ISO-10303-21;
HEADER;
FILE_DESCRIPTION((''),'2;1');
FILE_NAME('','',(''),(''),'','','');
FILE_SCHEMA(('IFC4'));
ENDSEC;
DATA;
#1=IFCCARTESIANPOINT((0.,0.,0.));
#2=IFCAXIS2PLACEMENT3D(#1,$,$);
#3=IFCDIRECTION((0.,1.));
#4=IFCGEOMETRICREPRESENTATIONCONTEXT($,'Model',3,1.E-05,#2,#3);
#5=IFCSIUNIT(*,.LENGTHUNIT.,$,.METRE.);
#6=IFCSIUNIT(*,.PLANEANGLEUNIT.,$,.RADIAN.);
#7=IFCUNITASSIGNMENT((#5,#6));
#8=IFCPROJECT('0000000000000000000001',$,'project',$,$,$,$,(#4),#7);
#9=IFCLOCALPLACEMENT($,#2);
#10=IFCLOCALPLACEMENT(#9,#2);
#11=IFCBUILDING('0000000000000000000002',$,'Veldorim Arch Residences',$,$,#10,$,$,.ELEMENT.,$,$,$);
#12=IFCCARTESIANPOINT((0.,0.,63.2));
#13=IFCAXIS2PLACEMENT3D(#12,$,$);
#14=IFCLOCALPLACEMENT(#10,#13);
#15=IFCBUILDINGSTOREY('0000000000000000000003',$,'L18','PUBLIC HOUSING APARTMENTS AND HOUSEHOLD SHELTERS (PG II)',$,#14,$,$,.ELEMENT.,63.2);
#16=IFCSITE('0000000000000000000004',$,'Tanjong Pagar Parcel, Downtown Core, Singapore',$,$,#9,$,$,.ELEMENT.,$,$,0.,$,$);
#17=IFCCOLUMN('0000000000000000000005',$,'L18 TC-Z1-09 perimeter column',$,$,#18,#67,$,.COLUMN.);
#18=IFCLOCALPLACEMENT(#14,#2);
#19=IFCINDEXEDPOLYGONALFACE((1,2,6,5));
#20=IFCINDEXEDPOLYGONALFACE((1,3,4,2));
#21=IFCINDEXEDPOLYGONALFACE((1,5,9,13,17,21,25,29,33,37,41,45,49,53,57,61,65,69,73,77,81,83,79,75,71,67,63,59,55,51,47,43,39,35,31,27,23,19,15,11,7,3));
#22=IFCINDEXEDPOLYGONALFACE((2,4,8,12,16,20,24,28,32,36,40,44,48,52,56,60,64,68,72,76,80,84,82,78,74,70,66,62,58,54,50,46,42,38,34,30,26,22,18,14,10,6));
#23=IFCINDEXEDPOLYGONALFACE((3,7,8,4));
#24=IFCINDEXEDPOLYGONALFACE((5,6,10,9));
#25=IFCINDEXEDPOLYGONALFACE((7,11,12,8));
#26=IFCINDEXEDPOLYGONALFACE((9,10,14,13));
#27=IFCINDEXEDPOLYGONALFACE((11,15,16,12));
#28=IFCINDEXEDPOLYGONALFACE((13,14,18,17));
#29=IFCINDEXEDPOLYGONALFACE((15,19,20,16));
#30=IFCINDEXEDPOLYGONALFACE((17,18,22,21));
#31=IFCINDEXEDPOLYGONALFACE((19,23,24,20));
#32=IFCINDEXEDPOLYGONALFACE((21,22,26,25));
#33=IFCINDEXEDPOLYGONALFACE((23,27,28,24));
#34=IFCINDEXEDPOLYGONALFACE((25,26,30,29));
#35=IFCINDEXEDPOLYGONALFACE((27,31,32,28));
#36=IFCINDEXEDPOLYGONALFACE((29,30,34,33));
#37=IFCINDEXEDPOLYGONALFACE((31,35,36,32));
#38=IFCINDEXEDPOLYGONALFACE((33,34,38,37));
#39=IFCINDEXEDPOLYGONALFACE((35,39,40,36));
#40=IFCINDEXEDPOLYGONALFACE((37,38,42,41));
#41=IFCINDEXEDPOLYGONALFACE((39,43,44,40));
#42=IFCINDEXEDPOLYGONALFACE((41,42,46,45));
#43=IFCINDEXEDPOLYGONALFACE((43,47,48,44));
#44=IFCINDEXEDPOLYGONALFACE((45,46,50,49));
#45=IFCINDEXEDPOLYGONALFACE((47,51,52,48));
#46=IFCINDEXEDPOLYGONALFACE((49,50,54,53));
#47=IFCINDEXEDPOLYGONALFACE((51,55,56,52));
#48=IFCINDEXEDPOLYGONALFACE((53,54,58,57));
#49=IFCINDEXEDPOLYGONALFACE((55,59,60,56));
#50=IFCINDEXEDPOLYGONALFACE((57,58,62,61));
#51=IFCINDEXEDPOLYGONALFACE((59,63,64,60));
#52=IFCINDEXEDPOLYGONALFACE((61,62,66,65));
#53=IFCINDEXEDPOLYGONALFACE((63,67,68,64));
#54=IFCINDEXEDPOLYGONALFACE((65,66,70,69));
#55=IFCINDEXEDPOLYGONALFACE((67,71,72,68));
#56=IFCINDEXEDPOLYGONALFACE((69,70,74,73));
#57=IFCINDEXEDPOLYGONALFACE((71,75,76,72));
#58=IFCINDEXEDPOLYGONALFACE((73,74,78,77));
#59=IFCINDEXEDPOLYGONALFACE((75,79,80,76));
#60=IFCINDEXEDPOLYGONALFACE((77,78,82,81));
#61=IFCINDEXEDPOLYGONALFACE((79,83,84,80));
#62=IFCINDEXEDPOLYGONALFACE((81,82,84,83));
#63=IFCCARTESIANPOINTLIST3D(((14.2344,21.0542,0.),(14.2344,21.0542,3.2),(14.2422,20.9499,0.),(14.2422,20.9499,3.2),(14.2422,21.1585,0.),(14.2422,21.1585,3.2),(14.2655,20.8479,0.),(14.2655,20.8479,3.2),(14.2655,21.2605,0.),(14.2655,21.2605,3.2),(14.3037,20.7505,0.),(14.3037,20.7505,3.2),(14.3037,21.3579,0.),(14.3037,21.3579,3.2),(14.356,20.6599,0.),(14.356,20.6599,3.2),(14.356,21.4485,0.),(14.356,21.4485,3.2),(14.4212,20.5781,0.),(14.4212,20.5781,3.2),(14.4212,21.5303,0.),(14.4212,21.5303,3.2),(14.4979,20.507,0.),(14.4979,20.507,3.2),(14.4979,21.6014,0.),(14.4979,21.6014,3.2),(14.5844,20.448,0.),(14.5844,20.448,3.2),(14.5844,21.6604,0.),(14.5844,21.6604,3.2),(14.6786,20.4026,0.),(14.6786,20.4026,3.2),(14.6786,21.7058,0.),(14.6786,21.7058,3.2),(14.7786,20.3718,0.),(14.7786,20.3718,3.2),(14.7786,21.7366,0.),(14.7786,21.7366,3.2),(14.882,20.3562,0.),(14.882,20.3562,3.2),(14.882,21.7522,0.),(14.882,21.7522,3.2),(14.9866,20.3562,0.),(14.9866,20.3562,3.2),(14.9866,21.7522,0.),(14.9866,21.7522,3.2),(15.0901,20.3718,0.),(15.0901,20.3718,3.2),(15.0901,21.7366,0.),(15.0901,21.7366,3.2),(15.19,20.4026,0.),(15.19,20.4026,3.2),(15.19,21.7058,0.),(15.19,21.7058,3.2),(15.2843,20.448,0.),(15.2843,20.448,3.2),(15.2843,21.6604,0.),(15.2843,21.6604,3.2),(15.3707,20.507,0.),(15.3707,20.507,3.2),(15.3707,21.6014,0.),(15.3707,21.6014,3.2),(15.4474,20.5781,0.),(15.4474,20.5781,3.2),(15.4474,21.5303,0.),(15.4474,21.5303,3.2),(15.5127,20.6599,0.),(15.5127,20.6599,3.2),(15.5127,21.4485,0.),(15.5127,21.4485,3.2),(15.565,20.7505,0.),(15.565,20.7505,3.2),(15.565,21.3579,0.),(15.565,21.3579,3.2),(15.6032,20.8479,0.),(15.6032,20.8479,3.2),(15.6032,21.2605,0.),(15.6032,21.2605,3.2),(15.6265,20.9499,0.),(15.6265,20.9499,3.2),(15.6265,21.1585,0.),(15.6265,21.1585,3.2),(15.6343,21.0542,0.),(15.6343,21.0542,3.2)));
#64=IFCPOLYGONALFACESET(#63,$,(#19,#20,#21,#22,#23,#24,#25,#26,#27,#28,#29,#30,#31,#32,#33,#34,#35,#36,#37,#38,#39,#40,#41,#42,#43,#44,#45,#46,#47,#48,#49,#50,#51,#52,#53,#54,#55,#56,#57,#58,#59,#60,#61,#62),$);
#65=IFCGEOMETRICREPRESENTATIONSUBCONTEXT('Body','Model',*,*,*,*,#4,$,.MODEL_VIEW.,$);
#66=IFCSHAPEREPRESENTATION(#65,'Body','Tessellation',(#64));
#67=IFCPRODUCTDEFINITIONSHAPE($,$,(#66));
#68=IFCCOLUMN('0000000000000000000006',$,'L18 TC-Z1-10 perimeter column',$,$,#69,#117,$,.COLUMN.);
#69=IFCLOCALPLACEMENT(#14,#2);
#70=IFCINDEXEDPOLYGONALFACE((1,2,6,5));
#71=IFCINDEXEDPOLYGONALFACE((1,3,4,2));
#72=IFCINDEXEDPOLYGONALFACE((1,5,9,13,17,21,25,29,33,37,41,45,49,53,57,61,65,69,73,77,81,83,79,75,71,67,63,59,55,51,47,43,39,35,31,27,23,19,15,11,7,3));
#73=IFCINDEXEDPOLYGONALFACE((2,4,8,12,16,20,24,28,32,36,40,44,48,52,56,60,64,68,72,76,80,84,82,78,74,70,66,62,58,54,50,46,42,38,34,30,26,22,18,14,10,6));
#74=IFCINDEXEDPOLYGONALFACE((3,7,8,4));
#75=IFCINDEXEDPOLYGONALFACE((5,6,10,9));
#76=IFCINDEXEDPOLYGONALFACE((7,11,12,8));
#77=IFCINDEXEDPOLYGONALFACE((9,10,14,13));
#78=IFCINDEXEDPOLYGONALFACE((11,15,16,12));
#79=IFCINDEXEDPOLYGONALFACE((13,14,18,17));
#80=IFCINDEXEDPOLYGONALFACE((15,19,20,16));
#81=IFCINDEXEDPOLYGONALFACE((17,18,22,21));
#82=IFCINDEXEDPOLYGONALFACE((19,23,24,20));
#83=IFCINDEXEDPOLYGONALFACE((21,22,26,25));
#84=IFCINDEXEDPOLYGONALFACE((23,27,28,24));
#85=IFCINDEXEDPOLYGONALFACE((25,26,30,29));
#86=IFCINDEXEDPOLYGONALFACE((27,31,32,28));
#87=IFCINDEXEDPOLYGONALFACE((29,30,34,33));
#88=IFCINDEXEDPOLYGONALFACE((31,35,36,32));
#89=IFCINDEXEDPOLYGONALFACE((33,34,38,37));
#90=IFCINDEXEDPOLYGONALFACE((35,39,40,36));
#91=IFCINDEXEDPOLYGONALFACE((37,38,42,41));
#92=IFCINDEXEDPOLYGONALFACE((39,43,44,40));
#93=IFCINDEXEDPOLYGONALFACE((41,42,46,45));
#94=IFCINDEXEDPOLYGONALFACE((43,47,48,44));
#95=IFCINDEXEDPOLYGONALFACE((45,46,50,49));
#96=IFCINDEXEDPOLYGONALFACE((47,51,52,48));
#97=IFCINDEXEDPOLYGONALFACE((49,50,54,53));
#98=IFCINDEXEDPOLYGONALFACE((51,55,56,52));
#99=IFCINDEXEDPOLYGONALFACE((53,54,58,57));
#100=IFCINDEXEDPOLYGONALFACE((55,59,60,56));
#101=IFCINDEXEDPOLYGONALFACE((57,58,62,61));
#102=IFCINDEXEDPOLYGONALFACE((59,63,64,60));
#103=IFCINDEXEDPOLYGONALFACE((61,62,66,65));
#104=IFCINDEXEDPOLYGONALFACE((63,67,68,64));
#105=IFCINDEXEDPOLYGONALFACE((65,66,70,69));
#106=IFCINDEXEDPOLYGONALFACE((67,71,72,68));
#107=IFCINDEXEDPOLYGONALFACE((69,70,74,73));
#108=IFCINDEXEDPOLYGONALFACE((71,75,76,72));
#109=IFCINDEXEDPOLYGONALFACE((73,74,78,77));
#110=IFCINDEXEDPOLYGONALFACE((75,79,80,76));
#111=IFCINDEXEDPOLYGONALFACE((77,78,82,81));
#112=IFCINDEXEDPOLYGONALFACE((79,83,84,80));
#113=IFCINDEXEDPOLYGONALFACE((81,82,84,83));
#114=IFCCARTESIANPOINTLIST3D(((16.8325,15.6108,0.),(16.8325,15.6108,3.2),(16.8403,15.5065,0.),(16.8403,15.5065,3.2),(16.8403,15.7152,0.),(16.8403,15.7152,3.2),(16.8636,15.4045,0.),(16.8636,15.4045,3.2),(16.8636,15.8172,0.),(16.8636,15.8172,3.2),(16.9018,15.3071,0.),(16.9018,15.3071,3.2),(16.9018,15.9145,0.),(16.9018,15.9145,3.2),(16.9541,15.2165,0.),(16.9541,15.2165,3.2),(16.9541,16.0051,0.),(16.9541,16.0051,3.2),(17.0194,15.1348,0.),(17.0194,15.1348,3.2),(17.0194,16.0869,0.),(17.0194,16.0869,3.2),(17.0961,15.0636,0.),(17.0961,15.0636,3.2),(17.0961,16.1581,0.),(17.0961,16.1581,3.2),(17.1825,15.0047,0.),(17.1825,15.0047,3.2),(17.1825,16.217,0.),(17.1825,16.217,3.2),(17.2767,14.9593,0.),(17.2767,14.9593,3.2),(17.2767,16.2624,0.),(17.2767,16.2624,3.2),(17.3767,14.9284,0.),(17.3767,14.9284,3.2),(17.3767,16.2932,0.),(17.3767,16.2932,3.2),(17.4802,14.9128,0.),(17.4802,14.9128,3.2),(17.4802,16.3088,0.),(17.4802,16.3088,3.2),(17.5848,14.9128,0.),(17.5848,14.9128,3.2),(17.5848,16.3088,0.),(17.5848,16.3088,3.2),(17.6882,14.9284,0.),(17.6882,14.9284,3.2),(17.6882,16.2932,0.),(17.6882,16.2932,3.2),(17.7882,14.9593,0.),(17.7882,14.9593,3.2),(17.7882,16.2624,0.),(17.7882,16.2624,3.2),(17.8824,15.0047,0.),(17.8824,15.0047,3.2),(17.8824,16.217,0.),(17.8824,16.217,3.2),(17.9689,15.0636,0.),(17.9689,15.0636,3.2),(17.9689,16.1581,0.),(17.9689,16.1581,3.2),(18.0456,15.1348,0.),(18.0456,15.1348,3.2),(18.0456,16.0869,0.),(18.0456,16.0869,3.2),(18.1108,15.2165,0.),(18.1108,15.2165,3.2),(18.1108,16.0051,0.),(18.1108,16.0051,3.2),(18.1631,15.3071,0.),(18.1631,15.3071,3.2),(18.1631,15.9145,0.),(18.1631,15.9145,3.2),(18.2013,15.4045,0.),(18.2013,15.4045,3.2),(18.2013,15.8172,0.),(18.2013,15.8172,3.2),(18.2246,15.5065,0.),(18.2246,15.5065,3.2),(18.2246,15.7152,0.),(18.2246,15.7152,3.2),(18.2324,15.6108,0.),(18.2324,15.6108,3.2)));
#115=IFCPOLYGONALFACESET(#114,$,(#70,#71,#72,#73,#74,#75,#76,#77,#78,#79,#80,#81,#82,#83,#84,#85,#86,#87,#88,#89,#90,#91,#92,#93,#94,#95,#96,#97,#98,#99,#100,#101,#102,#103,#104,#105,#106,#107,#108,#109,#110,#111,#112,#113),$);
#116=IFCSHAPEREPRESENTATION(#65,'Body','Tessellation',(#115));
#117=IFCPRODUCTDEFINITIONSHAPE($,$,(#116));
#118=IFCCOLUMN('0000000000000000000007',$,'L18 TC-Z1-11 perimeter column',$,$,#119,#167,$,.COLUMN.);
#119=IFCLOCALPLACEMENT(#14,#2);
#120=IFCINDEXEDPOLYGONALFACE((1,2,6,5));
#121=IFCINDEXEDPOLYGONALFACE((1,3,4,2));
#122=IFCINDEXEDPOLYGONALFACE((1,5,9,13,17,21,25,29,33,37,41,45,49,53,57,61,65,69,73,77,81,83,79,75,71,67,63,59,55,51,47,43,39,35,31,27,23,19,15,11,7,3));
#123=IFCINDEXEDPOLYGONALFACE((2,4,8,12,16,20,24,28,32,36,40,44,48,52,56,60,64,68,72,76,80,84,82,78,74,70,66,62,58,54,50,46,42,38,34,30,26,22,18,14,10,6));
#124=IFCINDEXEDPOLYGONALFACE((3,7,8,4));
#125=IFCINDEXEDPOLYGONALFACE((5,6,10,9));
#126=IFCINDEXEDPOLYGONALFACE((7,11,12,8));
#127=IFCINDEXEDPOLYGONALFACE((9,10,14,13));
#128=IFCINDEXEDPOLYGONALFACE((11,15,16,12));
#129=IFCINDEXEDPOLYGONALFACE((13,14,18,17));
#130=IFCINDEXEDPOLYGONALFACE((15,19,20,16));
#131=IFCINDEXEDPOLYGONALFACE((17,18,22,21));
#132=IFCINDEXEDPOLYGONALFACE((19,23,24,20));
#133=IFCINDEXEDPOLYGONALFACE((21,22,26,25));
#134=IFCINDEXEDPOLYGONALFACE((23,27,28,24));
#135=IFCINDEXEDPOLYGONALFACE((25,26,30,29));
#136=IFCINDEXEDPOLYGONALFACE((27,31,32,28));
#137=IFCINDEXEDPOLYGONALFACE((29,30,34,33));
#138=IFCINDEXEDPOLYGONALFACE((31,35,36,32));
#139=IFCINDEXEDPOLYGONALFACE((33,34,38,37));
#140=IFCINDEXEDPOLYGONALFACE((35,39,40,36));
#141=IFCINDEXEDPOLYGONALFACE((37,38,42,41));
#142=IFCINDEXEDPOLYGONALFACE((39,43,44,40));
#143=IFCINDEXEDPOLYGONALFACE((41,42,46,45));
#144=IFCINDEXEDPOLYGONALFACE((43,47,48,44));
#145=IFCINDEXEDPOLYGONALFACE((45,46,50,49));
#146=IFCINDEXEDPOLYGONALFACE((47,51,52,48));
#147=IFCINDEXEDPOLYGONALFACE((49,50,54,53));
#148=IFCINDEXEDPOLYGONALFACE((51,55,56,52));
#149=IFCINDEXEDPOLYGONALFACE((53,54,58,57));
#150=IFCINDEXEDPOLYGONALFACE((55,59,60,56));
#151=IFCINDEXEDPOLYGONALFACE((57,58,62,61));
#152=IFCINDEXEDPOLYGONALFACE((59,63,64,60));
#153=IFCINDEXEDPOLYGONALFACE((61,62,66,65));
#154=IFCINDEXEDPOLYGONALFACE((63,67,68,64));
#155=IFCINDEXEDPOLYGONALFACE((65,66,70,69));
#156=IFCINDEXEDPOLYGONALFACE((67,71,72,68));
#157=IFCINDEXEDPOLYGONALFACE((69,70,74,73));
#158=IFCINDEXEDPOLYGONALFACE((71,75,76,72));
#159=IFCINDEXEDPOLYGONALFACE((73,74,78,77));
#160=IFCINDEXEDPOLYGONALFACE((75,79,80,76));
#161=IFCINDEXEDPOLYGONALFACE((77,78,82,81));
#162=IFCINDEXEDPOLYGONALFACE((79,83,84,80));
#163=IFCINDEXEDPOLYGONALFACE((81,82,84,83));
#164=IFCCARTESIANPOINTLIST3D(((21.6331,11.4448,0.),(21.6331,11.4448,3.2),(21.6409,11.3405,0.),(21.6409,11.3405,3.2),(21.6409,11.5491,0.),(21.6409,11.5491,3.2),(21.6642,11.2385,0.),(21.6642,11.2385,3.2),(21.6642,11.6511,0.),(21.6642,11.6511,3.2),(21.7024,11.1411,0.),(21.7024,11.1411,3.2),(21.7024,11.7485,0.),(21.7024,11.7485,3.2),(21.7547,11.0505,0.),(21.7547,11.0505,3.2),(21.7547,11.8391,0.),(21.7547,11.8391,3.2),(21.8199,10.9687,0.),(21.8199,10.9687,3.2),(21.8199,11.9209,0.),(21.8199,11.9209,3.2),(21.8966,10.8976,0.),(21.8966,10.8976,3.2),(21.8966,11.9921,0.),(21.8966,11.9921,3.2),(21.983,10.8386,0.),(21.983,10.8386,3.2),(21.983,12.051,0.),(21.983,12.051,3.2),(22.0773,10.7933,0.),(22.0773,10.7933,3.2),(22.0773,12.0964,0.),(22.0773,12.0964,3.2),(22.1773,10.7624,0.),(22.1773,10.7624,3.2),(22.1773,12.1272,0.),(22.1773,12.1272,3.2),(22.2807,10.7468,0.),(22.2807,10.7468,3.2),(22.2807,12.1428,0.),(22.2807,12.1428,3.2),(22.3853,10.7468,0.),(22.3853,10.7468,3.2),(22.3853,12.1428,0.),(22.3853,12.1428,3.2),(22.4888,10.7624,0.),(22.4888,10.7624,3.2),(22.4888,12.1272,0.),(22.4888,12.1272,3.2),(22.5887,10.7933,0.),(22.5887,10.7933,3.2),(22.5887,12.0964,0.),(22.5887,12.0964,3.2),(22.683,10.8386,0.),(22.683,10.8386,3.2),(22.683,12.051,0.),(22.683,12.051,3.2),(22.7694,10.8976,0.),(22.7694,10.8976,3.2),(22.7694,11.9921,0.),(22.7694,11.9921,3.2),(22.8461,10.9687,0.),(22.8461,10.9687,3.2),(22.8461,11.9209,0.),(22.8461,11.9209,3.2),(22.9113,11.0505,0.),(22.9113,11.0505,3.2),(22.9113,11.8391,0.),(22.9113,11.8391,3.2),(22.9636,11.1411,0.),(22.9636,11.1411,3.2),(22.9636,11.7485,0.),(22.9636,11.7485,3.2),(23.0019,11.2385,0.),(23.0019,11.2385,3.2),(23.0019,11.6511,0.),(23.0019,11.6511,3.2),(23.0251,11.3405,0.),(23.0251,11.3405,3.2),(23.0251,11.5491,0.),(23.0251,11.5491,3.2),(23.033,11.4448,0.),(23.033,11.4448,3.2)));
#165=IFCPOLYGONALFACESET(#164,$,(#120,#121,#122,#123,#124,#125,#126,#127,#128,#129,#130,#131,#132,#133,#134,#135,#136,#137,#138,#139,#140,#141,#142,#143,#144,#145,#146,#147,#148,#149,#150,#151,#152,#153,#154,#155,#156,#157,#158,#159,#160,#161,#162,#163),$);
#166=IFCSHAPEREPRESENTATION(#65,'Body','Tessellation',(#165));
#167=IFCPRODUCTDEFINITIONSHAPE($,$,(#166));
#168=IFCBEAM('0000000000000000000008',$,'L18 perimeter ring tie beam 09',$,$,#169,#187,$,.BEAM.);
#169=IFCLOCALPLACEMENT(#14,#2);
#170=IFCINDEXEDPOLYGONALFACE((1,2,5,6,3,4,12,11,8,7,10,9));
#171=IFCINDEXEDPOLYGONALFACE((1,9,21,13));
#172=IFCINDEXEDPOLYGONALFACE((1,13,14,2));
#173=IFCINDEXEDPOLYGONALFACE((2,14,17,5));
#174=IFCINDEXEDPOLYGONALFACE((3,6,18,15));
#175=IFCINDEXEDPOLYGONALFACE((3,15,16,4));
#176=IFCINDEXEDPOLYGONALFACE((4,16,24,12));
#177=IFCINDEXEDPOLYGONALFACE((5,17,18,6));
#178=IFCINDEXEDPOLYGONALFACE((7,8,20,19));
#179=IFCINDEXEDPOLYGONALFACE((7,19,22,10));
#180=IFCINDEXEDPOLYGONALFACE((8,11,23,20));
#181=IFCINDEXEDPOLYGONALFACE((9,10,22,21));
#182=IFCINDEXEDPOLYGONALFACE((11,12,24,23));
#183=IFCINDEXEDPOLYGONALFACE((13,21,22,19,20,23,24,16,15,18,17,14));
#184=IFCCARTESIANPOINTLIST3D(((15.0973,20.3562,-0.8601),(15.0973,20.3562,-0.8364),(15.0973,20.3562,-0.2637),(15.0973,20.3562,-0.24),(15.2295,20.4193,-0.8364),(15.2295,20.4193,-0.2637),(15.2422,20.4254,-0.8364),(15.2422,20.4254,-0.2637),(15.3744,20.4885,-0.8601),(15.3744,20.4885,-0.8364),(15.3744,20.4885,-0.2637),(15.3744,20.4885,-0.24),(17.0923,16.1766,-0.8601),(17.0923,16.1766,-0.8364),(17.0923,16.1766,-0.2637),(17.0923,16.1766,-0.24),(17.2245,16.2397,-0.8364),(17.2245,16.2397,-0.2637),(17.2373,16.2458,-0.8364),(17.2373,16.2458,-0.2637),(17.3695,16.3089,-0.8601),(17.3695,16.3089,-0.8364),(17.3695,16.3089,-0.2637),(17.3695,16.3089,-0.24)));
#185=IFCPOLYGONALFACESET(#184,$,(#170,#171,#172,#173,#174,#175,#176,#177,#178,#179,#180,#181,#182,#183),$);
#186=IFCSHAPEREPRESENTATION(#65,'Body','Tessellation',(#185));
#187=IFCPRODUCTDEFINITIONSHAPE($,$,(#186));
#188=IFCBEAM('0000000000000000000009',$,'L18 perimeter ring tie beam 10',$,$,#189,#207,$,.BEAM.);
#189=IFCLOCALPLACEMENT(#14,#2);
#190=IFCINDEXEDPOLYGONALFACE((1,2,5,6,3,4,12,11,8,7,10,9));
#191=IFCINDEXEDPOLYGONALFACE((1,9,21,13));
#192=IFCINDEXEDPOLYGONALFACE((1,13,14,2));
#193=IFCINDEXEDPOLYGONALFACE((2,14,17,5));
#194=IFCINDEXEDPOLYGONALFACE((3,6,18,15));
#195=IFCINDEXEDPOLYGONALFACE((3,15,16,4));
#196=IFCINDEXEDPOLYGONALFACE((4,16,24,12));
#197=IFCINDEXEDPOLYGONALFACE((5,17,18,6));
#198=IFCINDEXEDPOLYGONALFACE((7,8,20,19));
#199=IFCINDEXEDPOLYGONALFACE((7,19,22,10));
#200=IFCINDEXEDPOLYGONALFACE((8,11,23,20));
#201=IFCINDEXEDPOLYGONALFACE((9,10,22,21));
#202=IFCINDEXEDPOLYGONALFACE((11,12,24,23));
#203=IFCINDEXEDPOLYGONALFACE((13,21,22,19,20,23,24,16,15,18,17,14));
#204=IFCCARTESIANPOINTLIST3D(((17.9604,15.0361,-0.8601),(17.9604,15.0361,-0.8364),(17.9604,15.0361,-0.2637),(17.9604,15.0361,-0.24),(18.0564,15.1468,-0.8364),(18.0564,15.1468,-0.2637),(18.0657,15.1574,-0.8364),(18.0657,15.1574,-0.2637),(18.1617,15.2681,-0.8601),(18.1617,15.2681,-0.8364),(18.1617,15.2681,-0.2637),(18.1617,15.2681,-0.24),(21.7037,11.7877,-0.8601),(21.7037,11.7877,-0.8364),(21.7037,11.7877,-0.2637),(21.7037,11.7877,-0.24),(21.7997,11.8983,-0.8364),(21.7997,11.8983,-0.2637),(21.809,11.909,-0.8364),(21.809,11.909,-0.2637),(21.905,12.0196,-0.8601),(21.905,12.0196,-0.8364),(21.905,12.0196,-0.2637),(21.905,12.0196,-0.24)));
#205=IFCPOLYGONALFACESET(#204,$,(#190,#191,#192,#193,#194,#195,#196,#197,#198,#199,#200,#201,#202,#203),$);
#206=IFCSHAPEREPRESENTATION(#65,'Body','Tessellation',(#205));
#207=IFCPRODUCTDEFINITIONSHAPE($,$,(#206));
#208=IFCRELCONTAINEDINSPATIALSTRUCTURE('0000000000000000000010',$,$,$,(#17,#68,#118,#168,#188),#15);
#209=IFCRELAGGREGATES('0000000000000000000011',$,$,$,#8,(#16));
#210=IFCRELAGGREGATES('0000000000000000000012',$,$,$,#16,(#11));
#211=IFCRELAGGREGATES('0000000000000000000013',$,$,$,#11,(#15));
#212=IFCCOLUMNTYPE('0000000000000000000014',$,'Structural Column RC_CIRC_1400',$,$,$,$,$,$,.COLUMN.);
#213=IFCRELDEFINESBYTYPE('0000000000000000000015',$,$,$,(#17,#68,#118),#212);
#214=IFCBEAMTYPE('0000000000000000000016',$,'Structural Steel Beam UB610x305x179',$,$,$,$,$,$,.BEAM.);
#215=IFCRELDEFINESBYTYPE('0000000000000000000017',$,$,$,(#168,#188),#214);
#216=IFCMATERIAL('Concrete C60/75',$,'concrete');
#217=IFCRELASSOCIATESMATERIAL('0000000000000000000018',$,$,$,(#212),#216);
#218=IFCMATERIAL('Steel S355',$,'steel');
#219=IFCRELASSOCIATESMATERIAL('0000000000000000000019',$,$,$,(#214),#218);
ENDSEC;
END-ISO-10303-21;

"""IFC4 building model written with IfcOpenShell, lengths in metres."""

from ifc_helpers import new_model, si_unit, direction, frame, origin, origin_2d, place, context, subcontext, project, spatial, circle, i_section, extrude, material, material_profile, profile_set, type_object, element, save


model = new_model("IFC4")

# Units and contexts
model_context = context("Model", 3, precision=1e-05, world=origin(), true_north=direction((0.0, 1.0)))
body_context = subcontext(model_context, "Body", "Model", "MODEL_VIEW")
ifc_project = project(units=[si_unit("LENGTHUNIT", "METRE"), si_unit("PLANEANGLEUNIT", "RADIAN")], contexts=[model_context])

# Site, building, storey
site_placement = place(None, origin())
site = spatial("IfcSite", under=ifc_project, at=site_placement, Name="Tanjong Pagar Parcel, Downtown Core, Singapore", CompositionType="ELEMENT", RefElevation=0.0)
building_placement = place(site_placement, origin())
building = spatial("IfcBuilding", under=site, at=building_placement, Name="Veldorim Arch Residences", CompositionType="ELEMENT")
storey_placement = place(building_placement, frame((0.0, 0.0, 63.2)))
storey = spatial("IfcBuildingStorey", under=building, at=storey_placement, Name="L18", Description="PUBLIC HOUSING APARTMENTS AND HOUSEHOLD SHELTERS (PG II)", CompositionType="ELEMENT", Elevation=63.2)

# Columns
ifc_material_1 = material(Name="Concrete C60/75", Category="concrete")
ifc_material_profile_1 = material_profile(ifc_material_1, circle(Radius=0.7, at=origin_2d()), Name="RC_CIRC_1400")
ifc_profile_set_1 = profile_set([ifc_material_profile_1], Name="Concrete C60/75")
column_type = type_object("IfcColumnType", Name="Structural Column RC_CIRC_1400", PredefinedType="COLUMN", material=ifc_profile_set_1)
for number, where, z_axis, x_axis, name in (
    (1, (14.9343, 21.0542, 0.0), (0.0, 0.0, 1.0), (1.0, 0.0, 0.0), "L18 TC-Z1-09 perimeter column"),
    (2, (17.5325, 15.6108, 0.0), (0.0, 0.0, 1.0), (1.0, 0.0, 0.0), "L18 TC-Z1-10 perimeter column"),
    (3, (22.333, 11.4448, 0.0), (0.0, 0.0, 1.0), (1.0, 0.0, 0.0), "L18 TC-Z1-11 perimeter column"),
):
    element("IfcColumn", number, at=place(storey_placement, frame(where, z_axis=z_axis, x_axis=x_axis)), inside=storey, type_object=column_type, Name=name, PredefinedType="COLUMN", context=body_context, shape_type="SweptSolid", body=[
        extrude(circle(Radius=0.7, at=origin_2d()), origin(), (0.0, 0.0, 1.0), 3.2),
    ])

# Beams
ifc_material_2 = material(Name="Steel S355", Category="steel")
ifc_material_profile_2 = material_profile(ifc_material_2, i_section(OverallWidth=0.3071, OverallDepth=0.6201, WebThickness=0.0142, FlangeThickness=0.0237, at=origin_2d()), Name="UB610x305x179")
ifc_profile_set_2 = profile_set([ifc_material_profile_2], Name="Steel S355")
beam_type_1 = type_object("IfcBeamType", Name="Structural Steel Beam UB610x305x179", PredefinedType="BEAM", material=ifc_profile_set_2)
beam_1_placement = place(storey_placement, frame((15.2358, 20.4224, -0.55), z_axis=(0.430776, -0.902459, 0.0), x_axis=(0.902459, 0.430776, 0.0)))
element("IfcBeam", 4, at=beam_1_placement, inside=storey, type_object=beam_type_1, Name="L18 perimeter ring tie beam 09", PredefinedType="BEAM", context=body_context, shape_type="SweptSolid", body=[
    extrude(i_section(OverallWidth=0.3071, OverallDepth=0.6201, WebThickness=0.0142, FlangeThickness=0.0237, at=origin_2d()), origin(), (0.0, 0.0, 1.0), 4.6313),
])
beam_2_placement = place(storey_placement, frame((18.061, 15.1521, -0.55), z_axis=(0.755265, -0.65542, 0.0), x_axis=(0.65542, 0.755265, 0.0)))
element("IfcBeam", 5, at=beam_2_placement, inside=storey, type_object=beam_type_1, Name="L18 perimeter ring tie beam 10", PredefinedType="BEAM", context=body_context, shape_type="SweptSolid", body=[
    extrude(i_section(OverallWidth=0.3071, OverallDepth=0.6201, WebThickness=0.0142, FlangeThickness=0.0237, at=origin_2d()), origin(), (0.0, 0.0, 1.0), 4.9563),
])

save(model, "model.ifc")
